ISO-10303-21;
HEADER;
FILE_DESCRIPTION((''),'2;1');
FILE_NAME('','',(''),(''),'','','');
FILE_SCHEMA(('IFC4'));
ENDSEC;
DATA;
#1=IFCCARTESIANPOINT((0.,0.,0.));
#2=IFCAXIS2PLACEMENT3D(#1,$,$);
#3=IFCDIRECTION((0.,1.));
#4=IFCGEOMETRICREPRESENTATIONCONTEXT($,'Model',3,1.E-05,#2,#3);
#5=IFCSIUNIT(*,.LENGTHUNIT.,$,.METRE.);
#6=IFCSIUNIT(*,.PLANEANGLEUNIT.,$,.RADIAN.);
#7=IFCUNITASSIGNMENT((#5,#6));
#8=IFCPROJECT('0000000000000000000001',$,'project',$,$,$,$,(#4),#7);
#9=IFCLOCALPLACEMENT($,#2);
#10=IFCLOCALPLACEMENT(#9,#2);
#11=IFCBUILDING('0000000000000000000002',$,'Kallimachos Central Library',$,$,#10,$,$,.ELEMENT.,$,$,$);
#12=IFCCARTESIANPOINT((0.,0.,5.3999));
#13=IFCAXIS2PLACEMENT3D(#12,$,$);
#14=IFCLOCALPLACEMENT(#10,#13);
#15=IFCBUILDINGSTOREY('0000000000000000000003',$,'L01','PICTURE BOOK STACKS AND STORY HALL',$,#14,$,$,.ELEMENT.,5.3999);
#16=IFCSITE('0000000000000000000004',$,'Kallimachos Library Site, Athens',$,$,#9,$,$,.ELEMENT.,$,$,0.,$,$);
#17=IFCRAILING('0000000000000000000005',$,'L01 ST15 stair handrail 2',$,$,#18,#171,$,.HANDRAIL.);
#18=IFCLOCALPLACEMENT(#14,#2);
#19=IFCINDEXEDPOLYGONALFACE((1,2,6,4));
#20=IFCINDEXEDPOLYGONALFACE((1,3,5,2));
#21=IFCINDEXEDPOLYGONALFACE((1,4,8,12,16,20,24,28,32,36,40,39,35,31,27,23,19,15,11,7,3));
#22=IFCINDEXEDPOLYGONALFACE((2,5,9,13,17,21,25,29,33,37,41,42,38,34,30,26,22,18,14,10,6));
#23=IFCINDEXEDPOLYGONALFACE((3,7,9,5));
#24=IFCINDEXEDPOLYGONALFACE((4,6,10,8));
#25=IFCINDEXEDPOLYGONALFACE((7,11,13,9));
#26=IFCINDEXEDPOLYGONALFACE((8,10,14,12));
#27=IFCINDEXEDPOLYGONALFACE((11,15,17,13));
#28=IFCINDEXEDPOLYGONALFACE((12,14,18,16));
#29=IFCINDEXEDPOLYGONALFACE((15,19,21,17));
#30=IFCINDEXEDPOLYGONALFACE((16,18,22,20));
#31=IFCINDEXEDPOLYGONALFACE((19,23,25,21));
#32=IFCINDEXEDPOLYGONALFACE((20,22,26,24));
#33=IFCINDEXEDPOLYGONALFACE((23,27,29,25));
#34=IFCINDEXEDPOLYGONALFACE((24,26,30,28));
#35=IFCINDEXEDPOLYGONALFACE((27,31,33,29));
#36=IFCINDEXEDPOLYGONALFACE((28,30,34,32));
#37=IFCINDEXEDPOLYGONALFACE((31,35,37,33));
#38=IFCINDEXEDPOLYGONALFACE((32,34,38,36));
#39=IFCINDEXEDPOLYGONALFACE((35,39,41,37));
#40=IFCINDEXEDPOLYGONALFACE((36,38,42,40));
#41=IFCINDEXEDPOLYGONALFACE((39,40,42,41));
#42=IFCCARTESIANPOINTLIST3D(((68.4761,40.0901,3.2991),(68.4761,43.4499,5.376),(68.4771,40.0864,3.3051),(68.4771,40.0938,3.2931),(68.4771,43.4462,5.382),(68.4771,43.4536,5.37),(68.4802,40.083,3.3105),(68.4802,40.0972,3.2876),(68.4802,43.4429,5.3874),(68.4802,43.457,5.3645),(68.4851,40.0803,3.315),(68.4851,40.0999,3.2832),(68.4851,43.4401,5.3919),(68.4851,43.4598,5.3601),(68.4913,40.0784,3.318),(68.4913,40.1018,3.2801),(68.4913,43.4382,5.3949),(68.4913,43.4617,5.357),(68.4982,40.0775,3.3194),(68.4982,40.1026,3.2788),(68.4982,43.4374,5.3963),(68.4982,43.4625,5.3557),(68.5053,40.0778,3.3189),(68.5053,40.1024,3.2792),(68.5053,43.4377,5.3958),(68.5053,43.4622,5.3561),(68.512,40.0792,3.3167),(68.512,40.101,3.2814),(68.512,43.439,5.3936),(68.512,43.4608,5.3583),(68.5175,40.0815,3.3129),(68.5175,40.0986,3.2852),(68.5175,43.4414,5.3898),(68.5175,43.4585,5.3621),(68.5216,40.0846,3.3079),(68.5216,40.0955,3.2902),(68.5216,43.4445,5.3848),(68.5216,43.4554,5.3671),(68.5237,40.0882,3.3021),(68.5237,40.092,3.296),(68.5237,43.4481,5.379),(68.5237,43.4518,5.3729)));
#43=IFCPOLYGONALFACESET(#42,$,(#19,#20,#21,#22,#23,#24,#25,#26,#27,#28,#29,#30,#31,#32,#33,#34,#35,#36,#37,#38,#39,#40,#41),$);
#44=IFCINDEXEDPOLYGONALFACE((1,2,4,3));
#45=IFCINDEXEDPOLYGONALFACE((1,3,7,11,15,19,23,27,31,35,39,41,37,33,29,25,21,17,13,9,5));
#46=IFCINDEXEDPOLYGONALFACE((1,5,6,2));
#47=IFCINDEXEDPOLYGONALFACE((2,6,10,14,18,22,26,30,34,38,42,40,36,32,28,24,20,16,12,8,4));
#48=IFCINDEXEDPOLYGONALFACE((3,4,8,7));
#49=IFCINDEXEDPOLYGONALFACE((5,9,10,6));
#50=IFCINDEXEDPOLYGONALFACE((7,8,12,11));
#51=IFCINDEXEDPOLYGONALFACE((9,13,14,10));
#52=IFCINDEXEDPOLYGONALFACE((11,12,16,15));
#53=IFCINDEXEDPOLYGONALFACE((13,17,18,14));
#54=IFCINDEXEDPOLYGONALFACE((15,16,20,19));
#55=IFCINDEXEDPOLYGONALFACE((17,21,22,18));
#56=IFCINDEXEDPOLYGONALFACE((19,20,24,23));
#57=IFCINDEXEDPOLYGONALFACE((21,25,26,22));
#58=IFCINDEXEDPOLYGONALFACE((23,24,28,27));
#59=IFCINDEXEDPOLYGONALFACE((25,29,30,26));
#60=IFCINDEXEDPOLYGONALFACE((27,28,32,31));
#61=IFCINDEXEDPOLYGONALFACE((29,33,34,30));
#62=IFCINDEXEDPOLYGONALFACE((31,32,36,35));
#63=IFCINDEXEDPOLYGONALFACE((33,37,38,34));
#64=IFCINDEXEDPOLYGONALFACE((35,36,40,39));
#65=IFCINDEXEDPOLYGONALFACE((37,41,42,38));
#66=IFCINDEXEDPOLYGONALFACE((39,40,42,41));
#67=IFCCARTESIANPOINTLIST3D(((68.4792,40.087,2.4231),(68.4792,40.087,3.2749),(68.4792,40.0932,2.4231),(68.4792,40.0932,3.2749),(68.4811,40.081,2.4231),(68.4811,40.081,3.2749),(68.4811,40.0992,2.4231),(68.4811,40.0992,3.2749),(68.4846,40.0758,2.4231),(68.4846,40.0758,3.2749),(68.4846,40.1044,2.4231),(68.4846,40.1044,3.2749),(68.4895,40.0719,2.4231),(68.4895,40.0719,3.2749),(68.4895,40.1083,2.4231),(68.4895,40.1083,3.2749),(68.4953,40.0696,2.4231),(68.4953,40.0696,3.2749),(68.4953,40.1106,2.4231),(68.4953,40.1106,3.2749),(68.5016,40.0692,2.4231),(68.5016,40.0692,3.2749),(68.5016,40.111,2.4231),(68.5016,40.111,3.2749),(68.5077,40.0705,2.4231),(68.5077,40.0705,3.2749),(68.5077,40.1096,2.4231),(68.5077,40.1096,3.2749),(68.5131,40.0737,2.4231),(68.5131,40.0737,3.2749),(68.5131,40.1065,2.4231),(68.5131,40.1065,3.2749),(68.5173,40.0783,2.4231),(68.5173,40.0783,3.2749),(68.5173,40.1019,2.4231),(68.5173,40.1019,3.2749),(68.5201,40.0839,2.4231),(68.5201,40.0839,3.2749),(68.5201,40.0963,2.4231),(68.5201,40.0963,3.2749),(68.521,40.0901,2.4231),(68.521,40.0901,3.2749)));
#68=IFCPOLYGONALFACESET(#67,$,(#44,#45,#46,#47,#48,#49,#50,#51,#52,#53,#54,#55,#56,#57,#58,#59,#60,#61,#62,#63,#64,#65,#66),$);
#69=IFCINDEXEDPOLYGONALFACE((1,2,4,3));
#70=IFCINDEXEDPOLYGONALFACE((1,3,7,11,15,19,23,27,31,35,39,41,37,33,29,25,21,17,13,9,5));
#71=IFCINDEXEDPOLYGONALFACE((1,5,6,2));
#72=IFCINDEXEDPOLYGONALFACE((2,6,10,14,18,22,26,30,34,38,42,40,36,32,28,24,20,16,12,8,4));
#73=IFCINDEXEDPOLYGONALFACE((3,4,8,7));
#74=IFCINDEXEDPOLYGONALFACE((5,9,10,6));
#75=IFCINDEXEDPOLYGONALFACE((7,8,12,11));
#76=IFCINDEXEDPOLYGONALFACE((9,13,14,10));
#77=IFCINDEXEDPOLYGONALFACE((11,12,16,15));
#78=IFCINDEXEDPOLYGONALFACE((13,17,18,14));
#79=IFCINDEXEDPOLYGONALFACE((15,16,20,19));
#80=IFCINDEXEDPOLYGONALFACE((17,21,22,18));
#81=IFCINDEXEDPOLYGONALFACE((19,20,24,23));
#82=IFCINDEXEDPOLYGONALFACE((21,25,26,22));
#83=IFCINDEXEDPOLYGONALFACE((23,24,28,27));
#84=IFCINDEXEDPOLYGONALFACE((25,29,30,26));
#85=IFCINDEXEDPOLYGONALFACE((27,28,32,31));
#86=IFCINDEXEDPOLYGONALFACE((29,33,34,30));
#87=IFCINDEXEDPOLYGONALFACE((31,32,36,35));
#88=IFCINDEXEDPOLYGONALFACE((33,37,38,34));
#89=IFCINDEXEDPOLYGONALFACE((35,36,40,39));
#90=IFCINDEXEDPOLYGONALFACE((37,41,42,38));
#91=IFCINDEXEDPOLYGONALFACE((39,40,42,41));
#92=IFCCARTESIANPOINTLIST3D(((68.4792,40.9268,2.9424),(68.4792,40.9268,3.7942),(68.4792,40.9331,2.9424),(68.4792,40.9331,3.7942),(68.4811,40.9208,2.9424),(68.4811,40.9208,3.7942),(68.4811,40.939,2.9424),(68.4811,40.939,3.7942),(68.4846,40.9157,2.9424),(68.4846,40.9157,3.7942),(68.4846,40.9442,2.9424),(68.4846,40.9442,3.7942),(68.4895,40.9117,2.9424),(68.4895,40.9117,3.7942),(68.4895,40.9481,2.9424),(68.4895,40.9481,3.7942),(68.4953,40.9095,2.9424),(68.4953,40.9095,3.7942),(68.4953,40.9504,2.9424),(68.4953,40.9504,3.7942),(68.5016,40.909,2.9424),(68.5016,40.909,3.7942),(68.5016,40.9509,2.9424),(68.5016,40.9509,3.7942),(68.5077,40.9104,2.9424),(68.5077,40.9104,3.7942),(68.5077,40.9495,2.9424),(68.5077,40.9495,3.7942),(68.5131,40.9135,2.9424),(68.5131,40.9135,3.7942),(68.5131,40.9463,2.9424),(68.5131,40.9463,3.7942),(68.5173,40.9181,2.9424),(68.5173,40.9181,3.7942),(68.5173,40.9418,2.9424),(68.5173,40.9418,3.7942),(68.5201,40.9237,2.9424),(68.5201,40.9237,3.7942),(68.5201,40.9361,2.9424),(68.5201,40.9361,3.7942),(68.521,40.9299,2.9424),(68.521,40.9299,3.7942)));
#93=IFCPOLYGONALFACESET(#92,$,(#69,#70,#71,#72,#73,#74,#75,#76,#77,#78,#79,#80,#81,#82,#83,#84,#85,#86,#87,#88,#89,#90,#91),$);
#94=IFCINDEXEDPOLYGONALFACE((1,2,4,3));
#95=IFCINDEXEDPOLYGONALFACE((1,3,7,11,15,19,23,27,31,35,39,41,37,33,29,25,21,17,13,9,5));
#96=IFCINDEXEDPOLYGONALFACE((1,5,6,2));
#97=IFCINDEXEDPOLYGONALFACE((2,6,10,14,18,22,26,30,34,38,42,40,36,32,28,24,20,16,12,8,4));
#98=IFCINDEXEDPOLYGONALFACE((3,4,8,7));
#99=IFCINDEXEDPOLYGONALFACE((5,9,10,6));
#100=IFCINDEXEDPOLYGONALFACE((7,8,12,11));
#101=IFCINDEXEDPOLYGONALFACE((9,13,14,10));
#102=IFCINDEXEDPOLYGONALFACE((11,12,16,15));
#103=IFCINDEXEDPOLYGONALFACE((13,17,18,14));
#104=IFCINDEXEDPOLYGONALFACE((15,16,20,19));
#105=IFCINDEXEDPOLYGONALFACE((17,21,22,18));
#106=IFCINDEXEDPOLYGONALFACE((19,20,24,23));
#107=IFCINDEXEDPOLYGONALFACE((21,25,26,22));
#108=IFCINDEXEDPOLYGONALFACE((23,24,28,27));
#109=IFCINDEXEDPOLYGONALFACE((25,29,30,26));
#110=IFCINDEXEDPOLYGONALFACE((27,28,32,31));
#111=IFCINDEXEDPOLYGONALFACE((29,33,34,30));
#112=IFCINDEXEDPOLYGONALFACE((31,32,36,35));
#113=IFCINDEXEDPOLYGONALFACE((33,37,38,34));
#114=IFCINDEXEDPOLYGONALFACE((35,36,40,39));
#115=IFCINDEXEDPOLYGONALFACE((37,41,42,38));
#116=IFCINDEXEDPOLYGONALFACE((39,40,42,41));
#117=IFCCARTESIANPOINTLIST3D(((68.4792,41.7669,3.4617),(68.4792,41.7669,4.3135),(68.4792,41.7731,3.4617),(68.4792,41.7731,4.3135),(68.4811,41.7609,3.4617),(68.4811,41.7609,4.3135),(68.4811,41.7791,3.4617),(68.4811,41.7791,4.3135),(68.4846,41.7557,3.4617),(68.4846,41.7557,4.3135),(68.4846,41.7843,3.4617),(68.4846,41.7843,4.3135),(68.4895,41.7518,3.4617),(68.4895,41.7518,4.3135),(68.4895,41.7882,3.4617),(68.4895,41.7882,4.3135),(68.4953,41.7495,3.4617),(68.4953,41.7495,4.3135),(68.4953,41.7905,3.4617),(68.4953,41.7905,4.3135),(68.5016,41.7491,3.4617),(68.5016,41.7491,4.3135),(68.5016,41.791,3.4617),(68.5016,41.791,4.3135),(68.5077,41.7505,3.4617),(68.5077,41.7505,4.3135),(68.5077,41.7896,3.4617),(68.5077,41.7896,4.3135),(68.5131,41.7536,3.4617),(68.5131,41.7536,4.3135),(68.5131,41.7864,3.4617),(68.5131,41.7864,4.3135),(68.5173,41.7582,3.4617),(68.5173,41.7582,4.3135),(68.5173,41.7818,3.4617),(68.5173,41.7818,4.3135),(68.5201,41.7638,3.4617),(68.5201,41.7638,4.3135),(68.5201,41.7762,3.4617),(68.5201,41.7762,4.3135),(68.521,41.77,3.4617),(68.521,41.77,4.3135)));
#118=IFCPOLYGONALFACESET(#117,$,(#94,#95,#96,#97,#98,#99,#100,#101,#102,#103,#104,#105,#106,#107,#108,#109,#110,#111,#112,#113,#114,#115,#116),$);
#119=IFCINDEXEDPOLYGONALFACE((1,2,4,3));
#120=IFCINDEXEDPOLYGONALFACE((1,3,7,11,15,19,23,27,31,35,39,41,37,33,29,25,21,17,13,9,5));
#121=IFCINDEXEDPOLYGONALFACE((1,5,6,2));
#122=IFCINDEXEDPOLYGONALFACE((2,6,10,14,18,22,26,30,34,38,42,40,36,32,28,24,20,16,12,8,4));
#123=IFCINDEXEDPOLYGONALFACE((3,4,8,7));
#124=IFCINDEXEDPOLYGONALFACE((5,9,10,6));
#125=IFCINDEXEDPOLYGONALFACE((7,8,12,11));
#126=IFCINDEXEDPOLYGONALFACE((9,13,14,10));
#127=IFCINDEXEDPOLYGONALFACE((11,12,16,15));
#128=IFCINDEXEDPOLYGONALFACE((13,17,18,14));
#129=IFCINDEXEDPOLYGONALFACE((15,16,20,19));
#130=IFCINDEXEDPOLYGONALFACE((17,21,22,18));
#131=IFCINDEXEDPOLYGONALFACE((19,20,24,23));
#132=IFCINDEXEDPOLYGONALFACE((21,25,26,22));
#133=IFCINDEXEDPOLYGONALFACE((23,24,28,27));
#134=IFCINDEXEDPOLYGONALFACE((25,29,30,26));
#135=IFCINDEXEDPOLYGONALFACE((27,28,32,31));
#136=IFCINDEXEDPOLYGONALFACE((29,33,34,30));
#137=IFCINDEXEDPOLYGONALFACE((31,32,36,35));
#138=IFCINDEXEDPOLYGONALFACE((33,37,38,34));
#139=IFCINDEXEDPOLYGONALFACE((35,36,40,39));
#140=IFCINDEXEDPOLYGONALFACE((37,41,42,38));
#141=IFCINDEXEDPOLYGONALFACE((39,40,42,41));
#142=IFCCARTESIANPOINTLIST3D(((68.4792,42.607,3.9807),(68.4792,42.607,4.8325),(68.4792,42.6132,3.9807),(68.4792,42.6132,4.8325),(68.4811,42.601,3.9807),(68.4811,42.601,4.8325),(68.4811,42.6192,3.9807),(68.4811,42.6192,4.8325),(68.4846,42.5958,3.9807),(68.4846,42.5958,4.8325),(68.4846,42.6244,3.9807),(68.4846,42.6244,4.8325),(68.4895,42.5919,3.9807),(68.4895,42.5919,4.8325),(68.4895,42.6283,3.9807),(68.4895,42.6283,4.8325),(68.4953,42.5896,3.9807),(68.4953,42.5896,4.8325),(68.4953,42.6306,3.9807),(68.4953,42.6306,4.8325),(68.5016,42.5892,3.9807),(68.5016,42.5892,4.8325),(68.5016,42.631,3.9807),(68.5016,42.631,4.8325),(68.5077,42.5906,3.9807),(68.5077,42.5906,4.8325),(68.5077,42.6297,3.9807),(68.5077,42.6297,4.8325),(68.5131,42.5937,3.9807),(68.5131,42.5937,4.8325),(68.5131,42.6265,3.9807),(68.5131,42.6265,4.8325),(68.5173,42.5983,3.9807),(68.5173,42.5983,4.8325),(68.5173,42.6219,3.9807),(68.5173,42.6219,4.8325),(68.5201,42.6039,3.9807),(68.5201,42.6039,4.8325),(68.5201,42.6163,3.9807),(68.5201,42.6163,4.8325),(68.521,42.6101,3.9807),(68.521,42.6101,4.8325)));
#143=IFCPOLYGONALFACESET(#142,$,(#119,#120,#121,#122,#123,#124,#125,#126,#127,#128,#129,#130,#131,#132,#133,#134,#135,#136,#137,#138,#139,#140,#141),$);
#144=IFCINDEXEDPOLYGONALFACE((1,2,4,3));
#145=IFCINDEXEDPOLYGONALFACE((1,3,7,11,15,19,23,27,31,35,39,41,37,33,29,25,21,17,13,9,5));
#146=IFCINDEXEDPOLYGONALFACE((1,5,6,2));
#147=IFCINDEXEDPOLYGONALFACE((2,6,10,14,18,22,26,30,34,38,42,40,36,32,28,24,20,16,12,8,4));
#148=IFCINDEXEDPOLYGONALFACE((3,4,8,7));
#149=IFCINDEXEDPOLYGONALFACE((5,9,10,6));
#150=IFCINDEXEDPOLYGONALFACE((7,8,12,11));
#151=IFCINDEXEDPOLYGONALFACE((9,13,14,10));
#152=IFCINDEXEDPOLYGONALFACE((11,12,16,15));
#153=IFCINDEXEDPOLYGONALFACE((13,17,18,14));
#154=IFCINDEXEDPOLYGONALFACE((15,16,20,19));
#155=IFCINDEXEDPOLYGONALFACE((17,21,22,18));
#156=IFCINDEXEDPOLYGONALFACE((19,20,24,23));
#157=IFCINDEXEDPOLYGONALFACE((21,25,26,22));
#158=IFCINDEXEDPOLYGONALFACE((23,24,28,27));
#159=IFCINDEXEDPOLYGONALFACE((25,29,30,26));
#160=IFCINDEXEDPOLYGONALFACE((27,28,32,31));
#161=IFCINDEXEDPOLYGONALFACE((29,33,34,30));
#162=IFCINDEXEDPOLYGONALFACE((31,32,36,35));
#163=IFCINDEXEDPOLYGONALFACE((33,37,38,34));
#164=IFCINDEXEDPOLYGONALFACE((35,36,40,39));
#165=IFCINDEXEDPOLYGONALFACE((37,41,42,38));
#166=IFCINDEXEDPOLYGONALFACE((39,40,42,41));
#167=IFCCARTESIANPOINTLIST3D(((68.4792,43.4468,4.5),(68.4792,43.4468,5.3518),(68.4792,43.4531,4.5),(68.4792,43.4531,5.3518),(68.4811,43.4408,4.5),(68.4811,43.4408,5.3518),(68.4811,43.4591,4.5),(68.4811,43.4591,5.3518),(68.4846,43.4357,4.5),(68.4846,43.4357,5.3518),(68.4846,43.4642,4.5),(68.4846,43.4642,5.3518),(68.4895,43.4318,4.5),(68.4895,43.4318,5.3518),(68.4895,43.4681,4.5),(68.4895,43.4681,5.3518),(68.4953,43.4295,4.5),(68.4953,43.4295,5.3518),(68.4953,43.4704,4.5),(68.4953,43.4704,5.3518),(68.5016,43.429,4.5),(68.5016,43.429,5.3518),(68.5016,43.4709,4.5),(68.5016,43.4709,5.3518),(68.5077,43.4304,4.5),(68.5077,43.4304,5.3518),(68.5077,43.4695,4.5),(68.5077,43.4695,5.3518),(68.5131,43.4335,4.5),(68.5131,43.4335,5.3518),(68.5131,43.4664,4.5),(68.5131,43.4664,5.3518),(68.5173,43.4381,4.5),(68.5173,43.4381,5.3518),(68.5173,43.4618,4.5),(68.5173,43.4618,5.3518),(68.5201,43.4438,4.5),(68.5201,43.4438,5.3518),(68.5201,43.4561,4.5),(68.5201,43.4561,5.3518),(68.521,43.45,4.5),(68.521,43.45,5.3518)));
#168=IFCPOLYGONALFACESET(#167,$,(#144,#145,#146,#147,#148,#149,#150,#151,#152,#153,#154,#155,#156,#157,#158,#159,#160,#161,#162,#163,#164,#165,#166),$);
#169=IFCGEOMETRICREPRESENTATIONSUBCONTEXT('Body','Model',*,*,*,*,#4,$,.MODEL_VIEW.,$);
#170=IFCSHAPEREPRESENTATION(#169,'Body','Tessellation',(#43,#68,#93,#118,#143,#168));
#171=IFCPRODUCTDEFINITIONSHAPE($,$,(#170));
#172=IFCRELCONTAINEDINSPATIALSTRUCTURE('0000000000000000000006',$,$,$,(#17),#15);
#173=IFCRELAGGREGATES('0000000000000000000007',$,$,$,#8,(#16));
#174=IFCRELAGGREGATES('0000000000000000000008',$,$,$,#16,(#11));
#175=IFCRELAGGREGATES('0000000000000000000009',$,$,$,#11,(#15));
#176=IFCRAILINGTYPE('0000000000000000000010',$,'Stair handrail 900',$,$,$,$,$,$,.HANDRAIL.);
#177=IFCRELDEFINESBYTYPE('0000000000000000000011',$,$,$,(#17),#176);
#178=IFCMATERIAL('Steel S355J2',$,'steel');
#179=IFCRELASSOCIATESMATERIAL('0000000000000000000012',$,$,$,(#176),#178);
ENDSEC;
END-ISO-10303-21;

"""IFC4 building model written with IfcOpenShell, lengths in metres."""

from ifc_helpers import new_model, si_unit, direction, frame, origin, origin_2d, place, context, subcontext, project, spatial, circle, extrude, material, type_object, element, save


model = new_model("IFC4")

# Units and contexts
model_context = context("Model", 3, precision=1e-05, world=origin(), true_north=direction((0.0, 1.0)))
body_context = subcontext(model_context, "Body", "Model", "MODEL_VIEW")
ifc_project = project(units=[si_unit("LENGTHUNIT", "METRE"), si_unit("PLANEANGLEUNIT", "RADIAN")], contexts=[model_context])

# Site, building, storey
site_placement = place(None, origin())
site = spatial("IfcSite", under=ifc_project, at=site_placement, Name="Kallimachos Library Site, Athens", CompositionType="ELEMENT", RefElevation=0.0)
building_placement = place(site_placement, origin())
building = spatial("IfcBuilding", under=site, at=building_placement, Name="Kallimachos Central Library", CompositionType="ELEMENT")
storey_placement = place(building_placement, frame((0.0, 0.0, 5.3999)))
storey = spatial("IfcBuildingStorey", under=building, at=storey_placement, Name="L01", Description="PICTURE BOOK STACKS AND STORY HALL", CompositionType="ELEMENT", Elevation=5.3999)

# Railing
ifc_material_1 = material(Name="Steel S355J2", Category="steel")
railing_type_1 = type_object("IfcRailingType", Name="Stair handrail 900", PredefinedType="HANDRAIL", material=ifc_material_1)
railing_1_placement = place(storey_placement, frame((68.5, 40.0901, 2.4231)))
element("IfcRailing", 1, at=railing_1_placement, inside=storey, type_object=railing_type_1, Name="L01 ST15 stair handrail 2", PredefinedType="HANDRAIL", context=body_context, shape_type="SweptSolid", body=[
    extrude(circle(Radius=0.0239, at=origin_2d()), frame((0.0, 0.0, 0.876), z_axis=(0.0, 0.850606, 0.525803), x_axis=(-1.0, 0.0, 0.0)), (0.0, 0.0, 1.0), 3.95),
    extrude(circle(Radius=0.021, at=origin_2d()), origin(), (0.0, 0.0, 1.0), 0.8518),
    extrude(circle(Radius=0.021, at=origin_2d()), frame((0.0, 0.8398, 0.5193)), (0.0, 0.0, 1.0), 0.8518),
    extrude(circle(Radius=0.021, at=origin_2d()), frame((0.0, 1.6799, 1.0386)), (0.0, 0.0, 1.0), 0.8518),
    extrude(circle(Radius=0.021, at=origin_2d()), frame((0.0, 2.52, 1.5576)), (0.0, 0.0, 1.0), 0.8518),
    extrude(circle(Radius=0.021, at=origin_2d()), frame((0.0, 3.3599, 2.0769)), (0.0, 0.0, 1.0), 0.8518),
])

save(model, "model.ifc")
